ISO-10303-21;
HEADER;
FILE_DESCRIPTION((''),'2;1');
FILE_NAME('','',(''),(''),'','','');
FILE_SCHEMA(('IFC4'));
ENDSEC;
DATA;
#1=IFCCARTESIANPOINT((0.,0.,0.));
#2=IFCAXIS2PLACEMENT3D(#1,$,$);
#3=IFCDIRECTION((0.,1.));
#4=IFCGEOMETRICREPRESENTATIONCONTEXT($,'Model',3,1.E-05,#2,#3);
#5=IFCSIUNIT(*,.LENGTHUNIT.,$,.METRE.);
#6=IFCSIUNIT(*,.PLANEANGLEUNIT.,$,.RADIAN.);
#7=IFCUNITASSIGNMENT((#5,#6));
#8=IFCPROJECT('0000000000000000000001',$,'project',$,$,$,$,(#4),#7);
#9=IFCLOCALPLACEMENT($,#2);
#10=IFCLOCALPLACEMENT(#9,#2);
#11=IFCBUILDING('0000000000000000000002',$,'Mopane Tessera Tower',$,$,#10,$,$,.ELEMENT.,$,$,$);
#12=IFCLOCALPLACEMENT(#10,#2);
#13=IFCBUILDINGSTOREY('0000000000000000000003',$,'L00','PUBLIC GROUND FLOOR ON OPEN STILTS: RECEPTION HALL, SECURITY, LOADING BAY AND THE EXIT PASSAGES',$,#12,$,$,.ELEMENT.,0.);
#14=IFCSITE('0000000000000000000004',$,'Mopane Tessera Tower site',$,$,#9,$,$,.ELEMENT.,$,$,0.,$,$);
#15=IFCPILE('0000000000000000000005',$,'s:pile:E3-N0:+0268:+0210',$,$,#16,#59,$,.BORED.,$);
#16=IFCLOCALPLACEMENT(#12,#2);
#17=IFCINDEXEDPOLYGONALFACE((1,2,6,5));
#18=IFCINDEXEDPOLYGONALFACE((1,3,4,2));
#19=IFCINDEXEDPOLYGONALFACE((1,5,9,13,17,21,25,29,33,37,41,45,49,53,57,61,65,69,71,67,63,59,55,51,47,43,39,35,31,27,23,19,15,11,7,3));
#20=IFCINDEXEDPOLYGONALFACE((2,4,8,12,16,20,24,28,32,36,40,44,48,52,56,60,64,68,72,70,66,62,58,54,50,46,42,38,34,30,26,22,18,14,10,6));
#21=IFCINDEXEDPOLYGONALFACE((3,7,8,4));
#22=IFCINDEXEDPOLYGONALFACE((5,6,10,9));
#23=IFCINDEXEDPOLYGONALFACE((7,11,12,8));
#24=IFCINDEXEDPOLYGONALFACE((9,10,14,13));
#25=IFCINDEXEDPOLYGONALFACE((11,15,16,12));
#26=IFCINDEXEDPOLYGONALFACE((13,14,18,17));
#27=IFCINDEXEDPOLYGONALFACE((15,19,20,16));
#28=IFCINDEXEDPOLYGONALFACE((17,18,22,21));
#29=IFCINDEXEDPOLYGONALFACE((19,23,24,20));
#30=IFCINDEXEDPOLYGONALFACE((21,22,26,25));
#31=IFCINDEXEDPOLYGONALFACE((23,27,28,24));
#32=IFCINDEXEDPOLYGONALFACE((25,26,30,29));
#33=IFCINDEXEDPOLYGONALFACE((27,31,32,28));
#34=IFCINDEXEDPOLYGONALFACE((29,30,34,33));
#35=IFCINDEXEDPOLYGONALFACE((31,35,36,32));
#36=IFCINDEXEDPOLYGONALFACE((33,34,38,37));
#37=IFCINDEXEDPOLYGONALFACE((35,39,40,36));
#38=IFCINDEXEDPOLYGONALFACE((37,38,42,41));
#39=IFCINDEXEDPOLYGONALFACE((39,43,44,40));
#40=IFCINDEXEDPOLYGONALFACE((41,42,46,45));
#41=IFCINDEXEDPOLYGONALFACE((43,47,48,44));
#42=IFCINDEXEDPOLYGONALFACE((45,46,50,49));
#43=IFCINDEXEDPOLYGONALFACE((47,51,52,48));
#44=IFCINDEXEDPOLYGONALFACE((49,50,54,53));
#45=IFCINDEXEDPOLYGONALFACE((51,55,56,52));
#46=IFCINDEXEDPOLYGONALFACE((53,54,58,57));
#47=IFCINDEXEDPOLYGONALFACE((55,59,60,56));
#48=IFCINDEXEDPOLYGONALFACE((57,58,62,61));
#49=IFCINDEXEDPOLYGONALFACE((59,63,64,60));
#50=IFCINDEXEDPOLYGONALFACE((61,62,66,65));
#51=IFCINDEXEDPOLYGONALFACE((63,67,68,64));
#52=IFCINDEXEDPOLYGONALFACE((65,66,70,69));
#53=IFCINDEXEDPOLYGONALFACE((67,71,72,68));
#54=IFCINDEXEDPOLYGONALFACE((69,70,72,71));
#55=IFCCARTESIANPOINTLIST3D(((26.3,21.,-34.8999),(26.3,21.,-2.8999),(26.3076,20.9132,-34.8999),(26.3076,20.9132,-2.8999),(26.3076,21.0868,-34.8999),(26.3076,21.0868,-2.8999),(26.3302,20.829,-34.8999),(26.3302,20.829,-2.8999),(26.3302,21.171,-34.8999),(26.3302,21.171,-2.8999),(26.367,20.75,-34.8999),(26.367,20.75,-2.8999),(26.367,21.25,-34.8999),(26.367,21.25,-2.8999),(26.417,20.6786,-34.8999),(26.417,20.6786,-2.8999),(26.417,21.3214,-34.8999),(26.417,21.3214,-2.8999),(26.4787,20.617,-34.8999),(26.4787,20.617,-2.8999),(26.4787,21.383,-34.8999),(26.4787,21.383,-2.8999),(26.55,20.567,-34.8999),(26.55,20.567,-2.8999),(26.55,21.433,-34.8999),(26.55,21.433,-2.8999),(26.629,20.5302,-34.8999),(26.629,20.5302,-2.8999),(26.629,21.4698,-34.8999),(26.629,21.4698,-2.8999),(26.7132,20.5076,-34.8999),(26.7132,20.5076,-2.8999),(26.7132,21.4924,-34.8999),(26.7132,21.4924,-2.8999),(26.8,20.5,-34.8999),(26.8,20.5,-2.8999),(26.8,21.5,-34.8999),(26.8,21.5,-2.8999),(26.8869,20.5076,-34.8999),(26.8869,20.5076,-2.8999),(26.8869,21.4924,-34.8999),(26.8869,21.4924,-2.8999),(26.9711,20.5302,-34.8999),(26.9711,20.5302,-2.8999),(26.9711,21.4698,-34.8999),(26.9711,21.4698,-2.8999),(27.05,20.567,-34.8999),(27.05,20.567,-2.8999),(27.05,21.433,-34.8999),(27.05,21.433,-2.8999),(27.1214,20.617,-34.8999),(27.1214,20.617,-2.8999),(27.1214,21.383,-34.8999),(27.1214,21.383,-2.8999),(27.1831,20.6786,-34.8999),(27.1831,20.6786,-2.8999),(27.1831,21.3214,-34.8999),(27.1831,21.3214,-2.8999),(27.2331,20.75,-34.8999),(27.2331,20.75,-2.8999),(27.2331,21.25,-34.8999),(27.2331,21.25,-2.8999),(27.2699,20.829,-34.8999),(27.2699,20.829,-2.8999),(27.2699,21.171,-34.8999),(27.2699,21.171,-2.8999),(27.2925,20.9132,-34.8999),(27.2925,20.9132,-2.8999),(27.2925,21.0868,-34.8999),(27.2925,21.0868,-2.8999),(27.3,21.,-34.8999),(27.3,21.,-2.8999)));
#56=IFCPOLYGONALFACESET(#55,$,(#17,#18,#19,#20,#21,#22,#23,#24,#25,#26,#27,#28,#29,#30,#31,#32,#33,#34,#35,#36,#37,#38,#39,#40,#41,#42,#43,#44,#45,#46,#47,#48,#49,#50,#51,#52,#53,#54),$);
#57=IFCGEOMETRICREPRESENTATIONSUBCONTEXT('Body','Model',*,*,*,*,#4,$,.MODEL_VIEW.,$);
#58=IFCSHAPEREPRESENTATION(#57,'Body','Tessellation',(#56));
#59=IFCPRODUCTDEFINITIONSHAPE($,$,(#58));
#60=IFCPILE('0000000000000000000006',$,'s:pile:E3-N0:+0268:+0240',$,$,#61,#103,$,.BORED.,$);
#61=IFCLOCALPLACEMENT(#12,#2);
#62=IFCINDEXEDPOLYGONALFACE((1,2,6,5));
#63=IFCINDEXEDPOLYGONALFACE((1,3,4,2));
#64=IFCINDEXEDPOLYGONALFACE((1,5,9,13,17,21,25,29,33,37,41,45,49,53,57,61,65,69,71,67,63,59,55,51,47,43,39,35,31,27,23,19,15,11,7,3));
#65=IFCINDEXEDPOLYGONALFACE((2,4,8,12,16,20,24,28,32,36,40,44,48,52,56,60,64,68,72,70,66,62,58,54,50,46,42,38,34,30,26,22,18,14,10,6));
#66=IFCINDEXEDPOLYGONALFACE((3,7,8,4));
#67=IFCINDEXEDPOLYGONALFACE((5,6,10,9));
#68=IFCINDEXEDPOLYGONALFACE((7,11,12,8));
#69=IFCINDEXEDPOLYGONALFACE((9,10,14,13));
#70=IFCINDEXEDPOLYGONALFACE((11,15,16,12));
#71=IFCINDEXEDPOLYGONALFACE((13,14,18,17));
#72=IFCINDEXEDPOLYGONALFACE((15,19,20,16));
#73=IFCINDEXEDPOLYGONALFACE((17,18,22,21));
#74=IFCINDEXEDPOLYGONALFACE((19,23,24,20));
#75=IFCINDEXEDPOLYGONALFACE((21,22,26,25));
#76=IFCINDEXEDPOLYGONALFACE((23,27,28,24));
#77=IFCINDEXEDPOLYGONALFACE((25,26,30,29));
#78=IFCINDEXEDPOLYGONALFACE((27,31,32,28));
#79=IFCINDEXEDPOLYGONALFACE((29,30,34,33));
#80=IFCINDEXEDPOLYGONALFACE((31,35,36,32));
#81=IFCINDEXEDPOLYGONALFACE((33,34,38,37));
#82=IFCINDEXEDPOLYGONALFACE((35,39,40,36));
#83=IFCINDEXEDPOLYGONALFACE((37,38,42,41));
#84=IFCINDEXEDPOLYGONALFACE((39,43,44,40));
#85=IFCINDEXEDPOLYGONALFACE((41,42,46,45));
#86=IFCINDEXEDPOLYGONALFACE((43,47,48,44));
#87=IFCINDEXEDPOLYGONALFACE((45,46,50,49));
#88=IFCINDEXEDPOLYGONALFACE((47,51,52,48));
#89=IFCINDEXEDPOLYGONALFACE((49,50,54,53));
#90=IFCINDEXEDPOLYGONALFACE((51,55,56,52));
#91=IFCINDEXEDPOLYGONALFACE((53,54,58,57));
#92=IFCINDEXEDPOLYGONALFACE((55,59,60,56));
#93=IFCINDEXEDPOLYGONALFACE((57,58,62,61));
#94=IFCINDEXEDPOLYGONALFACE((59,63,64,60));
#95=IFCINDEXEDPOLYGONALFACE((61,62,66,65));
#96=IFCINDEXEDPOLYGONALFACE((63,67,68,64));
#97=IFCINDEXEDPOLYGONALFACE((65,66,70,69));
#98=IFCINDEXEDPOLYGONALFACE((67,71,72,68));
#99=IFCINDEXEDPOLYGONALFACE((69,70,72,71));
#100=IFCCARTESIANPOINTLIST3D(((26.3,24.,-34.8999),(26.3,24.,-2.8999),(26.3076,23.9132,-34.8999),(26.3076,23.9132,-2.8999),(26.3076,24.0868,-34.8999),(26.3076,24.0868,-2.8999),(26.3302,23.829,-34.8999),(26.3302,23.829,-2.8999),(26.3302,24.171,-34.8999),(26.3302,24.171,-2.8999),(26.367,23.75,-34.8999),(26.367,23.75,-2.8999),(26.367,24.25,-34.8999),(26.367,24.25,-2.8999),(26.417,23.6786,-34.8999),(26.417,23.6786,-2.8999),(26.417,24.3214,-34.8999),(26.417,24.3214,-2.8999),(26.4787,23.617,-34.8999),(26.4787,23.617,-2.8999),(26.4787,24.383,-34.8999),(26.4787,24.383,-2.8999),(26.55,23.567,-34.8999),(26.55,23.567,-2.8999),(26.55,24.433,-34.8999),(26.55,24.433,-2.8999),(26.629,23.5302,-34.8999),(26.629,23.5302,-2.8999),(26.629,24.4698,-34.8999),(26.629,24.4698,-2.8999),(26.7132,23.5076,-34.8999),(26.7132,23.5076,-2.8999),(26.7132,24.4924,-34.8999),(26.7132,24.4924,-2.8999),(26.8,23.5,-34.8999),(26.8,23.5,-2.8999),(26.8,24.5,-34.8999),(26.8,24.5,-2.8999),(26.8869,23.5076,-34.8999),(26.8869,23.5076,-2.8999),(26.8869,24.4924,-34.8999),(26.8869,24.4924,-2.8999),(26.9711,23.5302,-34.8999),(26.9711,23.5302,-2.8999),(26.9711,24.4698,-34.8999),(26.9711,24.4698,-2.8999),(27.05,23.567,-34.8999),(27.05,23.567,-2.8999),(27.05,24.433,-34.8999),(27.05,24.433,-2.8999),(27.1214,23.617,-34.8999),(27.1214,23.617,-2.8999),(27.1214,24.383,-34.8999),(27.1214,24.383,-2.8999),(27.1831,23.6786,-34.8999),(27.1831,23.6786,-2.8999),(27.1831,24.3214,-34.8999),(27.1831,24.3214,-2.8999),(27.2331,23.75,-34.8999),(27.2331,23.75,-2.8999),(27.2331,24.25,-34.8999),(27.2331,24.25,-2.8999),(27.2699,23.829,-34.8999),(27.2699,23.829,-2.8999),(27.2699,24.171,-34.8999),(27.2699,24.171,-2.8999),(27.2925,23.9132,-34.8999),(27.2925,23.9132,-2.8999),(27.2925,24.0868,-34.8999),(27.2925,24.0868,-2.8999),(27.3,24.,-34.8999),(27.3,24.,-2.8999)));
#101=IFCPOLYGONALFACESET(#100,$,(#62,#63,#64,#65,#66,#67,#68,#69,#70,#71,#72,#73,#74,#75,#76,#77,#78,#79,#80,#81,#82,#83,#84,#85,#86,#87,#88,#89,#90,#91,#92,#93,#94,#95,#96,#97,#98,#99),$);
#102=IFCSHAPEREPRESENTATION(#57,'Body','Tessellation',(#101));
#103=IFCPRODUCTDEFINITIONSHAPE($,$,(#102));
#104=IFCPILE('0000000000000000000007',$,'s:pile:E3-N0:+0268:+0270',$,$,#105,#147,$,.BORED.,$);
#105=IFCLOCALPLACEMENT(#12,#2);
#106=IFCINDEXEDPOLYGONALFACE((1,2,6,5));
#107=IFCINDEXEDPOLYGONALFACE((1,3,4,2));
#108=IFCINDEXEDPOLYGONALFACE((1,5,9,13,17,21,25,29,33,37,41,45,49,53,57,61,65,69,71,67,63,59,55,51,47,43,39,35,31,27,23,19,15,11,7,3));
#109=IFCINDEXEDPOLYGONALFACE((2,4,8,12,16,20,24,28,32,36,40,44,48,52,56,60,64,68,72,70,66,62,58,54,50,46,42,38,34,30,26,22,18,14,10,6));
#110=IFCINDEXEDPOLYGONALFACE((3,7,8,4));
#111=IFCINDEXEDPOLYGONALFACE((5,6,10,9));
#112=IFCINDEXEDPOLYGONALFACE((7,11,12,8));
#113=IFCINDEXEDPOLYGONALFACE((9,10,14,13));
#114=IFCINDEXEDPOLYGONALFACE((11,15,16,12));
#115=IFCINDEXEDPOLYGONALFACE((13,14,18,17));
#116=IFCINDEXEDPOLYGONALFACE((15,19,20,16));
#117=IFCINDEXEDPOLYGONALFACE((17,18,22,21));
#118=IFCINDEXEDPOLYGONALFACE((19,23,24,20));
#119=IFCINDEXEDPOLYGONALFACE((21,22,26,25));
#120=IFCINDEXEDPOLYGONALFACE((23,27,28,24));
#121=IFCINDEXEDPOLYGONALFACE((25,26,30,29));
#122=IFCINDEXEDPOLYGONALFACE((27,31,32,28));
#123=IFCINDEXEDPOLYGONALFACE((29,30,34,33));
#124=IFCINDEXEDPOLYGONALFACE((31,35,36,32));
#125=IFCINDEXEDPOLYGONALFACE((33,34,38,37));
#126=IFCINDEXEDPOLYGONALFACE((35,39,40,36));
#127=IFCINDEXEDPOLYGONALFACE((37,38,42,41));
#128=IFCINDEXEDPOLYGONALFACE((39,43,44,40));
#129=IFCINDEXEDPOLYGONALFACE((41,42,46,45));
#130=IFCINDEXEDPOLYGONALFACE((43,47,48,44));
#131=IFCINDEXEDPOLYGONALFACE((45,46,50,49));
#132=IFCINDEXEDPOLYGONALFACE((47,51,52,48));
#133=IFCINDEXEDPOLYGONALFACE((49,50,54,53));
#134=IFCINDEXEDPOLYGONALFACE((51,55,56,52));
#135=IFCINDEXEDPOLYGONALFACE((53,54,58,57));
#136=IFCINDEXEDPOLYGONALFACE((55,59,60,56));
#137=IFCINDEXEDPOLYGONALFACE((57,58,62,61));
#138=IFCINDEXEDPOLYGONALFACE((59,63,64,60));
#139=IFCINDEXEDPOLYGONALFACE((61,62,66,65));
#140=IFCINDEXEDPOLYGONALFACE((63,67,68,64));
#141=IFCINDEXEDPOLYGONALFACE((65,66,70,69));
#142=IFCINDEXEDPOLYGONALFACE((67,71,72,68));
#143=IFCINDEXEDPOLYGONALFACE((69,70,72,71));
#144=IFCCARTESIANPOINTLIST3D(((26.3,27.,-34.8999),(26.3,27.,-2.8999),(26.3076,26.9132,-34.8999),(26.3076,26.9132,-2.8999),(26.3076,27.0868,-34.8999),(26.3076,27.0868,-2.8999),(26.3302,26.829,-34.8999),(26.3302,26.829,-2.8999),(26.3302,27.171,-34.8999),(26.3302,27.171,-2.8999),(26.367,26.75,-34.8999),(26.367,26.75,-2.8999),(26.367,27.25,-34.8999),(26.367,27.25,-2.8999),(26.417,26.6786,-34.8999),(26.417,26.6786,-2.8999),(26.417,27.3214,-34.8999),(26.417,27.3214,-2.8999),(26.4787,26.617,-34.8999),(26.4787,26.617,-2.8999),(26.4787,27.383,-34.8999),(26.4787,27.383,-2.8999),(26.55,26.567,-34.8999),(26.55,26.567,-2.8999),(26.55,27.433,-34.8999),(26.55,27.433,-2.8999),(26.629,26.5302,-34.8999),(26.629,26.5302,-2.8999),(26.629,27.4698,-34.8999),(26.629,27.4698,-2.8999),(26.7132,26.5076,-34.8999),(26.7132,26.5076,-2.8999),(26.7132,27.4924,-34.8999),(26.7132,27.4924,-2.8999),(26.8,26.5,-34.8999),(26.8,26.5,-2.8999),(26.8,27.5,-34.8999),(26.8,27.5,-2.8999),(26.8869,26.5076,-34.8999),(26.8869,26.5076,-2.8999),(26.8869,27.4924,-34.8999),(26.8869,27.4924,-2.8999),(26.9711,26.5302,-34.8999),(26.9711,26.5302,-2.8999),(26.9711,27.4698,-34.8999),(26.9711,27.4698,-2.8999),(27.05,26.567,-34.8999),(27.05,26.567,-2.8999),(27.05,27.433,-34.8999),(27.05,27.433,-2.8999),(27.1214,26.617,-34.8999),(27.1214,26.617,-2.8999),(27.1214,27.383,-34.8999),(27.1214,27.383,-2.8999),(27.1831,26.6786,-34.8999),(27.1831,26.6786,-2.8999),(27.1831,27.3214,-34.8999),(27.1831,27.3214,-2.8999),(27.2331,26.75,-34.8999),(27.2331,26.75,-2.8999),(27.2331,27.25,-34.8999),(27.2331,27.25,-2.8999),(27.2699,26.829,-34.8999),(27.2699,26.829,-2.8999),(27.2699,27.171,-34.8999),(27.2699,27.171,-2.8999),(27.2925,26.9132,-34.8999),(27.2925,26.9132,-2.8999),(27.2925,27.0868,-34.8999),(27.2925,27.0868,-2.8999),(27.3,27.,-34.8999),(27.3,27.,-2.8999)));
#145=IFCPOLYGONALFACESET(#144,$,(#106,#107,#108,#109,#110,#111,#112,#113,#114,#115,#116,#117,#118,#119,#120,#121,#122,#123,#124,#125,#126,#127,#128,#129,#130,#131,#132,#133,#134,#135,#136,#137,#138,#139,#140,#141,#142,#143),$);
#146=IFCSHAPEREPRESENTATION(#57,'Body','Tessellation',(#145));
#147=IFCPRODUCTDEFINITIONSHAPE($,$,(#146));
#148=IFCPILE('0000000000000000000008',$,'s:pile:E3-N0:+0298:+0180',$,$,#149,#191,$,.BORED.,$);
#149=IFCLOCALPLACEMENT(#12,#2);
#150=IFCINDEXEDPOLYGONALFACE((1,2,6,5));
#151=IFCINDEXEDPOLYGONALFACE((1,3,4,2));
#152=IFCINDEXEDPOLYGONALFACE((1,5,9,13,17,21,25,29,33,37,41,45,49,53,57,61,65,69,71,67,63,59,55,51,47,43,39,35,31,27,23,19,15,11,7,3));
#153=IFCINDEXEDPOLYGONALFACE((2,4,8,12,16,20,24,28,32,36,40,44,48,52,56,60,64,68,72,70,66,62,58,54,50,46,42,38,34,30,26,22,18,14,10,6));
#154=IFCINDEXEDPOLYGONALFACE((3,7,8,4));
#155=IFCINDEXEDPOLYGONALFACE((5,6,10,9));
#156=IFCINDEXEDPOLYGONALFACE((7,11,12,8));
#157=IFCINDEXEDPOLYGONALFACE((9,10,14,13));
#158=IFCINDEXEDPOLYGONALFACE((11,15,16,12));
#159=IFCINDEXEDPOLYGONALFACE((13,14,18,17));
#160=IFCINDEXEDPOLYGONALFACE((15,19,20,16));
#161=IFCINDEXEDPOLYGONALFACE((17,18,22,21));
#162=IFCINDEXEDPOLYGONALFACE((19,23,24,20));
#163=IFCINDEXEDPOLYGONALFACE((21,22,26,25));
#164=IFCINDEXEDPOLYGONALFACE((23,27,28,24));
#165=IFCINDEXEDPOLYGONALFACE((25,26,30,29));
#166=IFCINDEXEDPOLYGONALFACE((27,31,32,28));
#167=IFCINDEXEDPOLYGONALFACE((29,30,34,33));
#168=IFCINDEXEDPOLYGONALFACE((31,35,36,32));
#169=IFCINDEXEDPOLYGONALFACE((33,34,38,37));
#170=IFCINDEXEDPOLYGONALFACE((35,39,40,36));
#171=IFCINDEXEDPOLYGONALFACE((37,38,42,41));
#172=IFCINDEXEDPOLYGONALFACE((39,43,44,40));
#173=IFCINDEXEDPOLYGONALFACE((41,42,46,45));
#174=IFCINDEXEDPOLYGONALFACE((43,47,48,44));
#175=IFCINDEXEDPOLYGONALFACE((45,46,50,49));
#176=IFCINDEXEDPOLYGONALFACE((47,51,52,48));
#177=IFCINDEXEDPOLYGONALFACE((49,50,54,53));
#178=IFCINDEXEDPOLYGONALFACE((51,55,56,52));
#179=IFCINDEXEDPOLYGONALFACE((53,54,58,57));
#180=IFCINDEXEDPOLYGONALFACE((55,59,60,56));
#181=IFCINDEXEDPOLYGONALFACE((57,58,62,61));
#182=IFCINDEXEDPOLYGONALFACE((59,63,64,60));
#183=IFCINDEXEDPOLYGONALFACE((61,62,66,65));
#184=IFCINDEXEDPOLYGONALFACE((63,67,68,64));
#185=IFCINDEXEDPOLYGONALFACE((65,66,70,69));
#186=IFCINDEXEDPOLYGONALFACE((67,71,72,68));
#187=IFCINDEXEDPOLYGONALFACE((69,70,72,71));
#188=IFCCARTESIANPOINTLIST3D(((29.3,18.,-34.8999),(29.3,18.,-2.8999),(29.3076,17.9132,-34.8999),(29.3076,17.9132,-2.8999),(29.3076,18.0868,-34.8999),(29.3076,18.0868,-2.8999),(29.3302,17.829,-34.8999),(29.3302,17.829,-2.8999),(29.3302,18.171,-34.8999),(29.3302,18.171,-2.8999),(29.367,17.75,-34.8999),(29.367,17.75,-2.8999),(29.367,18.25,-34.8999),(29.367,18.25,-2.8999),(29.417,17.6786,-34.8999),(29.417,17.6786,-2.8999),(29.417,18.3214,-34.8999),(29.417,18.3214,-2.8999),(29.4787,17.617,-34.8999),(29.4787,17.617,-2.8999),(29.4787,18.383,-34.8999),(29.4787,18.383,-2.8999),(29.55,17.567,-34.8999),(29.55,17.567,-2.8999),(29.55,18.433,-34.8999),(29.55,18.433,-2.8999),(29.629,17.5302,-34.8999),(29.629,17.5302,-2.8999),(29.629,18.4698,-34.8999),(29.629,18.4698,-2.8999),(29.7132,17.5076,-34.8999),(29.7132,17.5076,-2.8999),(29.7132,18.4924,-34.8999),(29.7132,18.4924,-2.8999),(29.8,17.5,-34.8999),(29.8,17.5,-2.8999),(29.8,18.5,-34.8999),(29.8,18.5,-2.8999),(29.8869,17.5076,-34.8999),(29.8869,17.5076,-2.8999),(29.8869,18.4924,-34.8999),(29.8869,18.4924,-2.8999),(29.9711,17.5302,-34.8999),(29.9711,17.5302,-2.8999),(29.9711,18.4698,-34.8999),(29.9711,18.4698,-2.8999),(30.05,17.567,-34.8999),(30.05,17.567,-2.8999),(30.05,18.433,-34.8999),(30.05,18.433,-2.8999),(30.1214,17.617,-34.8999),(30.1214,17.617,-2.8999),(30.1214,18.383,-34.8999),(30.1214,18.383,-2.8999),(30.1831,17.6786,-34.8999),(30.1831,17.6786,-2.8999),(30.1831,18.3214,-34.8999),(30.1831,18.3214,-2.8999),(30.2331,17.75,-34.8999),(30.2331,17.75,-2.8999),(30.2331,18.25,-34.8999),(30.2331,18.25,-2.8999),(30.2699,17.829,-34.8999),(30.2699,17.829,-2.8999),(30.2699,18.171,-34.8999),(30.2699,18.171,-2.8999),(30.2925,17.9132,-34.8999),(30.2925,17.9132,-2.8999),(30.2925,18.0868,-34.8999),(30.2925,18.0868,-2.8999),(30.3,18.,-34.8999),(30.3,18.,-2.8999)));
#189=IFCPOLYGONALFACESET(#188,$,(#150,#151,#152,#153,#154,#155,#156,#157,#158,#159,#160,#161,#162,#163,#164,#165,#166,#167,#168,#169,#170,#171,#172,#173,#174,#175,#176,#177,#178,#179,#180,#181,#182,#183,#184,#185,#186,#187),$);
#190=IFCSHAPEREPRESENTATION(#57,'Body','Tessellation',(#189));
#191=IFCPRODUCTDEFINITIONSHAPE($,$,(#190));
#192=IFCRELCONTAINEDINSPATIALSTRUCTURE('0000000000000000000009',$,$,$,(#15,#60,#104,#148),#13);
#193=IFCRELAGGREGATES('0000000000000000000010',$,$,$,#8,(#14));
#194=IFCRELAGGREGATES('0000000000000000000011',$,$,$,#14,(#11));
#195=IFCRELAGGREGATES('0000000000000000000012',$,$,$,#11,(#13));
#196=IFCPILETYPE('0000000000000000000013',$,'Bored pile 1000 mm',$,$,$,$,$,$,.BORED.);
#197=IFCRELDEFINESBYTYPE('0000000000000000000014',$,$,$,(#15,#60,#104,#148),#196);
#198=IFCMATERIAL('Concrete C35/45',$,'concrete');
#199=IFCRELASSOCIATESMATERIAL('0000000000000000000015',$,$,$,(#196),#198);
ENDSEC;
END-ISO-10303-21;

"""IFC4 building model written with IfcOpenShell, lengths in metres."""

from ifc_helpers import new_model, si_unit, direction, frame, origin, origin_2d, place, context, subcontext, project, spatial, circle, extrude, material, material_profile, profile_set, type_object, element, save


model = new_model("IFC4")

# Units and contexts
model_context = context("Model", 3, precision=1e-05, world=origin(), true_north=direction((0.0, 1.0)))
body_context = subcontext(model_context, "Body", "Model", "MODEL_VIEW")
ifc_project = project(units=[si_unit("LENGTHUNIT", "METRE"), si_unit("PLANEANGLEUNIT", "RADIAN")], contexts=[model_context])

# Site, building, storey
site_placement = place(None, origin())
site = spatial("IfcSite", under=ifc_project, at=site_placement, Name="Mopane Tessera Tower site", CompositionType="ELEMENT", RefElevation=0.0)
building_placement = place(site_placement, origin())
building = spatial("IfcBuilding", under=site, at=building_placement, Name="Mopane Tessera Tower", CompositionType="ELEMENT")
storey_placement = place(building_placement, origin())
storey = spatial("IfcBuildingStorey", under=building, at=storey_placement, Name="L00", Description="PUBLIC GROUND FLOOR ON OPEN STILTS: RECEPTION HALL, SECURITY, LOADING BAY AND THE EXIT PASSAGES", CompositionType="ELEMENT", Elevation=0.0)

# Piles
ifc_material_1 = material(Name="Concrete C35/45", Category="concrete")
ifc_material_profile_1 = material_profile(ifc_material_1, circle(Radius=0.5, at=origin_2d()))
ifc_profile_set_1 = profile_set([ifc_material_profile_1], Name="Concrete C35/45")
pile_type_1 = type_object("IfcPileType", Name="Bored pile 1000 mm", PredefinedType="BORED", material=ifc_profile_set_1)
for number, where, z_axis, x_axis, name in (
    (1, (26.8, 21.0, -2.8999), (0.0, 0.0, -1.0), (1.0, 0.0, 0.0), "s:pile:E3-N0:+0268:+0210"),
    (2, (26.8, 24.0, -2.8999), (0.0, 0.0, -1.0), (1.0, 0.0, 0.0), "s:pile:E3-N0:+0268:+0240"),
    (3, (26.8, 27.0, -2.8999), (0.0, 0.0, -1.0), (1.0, 0.0, 0.0), "s:pile:E3-N0:+0268:+0270"),
    (4, (29.8, 18.0, -2.8999), (0.0, 0.0, -1.0), (1.0, 0.0, 0.0), "s:pile:E3-N0:+0298:+0180"),
):
    element("IfcPile", number, at=place(storey_placement, frame(where, z_axis=z_axis, x_axis=x_axis)), inside=storey, type_object=pile_type_1, Name=name, PredefinedType="BORED", context=body_context, shape_type="SweptSolid", body=[
        extrude(circle(Radius=0.5, at=origin_2d()), origin(), (0.0, 0.0, 1.0), 32.0),
    ])

save(model, "model.ifc")
